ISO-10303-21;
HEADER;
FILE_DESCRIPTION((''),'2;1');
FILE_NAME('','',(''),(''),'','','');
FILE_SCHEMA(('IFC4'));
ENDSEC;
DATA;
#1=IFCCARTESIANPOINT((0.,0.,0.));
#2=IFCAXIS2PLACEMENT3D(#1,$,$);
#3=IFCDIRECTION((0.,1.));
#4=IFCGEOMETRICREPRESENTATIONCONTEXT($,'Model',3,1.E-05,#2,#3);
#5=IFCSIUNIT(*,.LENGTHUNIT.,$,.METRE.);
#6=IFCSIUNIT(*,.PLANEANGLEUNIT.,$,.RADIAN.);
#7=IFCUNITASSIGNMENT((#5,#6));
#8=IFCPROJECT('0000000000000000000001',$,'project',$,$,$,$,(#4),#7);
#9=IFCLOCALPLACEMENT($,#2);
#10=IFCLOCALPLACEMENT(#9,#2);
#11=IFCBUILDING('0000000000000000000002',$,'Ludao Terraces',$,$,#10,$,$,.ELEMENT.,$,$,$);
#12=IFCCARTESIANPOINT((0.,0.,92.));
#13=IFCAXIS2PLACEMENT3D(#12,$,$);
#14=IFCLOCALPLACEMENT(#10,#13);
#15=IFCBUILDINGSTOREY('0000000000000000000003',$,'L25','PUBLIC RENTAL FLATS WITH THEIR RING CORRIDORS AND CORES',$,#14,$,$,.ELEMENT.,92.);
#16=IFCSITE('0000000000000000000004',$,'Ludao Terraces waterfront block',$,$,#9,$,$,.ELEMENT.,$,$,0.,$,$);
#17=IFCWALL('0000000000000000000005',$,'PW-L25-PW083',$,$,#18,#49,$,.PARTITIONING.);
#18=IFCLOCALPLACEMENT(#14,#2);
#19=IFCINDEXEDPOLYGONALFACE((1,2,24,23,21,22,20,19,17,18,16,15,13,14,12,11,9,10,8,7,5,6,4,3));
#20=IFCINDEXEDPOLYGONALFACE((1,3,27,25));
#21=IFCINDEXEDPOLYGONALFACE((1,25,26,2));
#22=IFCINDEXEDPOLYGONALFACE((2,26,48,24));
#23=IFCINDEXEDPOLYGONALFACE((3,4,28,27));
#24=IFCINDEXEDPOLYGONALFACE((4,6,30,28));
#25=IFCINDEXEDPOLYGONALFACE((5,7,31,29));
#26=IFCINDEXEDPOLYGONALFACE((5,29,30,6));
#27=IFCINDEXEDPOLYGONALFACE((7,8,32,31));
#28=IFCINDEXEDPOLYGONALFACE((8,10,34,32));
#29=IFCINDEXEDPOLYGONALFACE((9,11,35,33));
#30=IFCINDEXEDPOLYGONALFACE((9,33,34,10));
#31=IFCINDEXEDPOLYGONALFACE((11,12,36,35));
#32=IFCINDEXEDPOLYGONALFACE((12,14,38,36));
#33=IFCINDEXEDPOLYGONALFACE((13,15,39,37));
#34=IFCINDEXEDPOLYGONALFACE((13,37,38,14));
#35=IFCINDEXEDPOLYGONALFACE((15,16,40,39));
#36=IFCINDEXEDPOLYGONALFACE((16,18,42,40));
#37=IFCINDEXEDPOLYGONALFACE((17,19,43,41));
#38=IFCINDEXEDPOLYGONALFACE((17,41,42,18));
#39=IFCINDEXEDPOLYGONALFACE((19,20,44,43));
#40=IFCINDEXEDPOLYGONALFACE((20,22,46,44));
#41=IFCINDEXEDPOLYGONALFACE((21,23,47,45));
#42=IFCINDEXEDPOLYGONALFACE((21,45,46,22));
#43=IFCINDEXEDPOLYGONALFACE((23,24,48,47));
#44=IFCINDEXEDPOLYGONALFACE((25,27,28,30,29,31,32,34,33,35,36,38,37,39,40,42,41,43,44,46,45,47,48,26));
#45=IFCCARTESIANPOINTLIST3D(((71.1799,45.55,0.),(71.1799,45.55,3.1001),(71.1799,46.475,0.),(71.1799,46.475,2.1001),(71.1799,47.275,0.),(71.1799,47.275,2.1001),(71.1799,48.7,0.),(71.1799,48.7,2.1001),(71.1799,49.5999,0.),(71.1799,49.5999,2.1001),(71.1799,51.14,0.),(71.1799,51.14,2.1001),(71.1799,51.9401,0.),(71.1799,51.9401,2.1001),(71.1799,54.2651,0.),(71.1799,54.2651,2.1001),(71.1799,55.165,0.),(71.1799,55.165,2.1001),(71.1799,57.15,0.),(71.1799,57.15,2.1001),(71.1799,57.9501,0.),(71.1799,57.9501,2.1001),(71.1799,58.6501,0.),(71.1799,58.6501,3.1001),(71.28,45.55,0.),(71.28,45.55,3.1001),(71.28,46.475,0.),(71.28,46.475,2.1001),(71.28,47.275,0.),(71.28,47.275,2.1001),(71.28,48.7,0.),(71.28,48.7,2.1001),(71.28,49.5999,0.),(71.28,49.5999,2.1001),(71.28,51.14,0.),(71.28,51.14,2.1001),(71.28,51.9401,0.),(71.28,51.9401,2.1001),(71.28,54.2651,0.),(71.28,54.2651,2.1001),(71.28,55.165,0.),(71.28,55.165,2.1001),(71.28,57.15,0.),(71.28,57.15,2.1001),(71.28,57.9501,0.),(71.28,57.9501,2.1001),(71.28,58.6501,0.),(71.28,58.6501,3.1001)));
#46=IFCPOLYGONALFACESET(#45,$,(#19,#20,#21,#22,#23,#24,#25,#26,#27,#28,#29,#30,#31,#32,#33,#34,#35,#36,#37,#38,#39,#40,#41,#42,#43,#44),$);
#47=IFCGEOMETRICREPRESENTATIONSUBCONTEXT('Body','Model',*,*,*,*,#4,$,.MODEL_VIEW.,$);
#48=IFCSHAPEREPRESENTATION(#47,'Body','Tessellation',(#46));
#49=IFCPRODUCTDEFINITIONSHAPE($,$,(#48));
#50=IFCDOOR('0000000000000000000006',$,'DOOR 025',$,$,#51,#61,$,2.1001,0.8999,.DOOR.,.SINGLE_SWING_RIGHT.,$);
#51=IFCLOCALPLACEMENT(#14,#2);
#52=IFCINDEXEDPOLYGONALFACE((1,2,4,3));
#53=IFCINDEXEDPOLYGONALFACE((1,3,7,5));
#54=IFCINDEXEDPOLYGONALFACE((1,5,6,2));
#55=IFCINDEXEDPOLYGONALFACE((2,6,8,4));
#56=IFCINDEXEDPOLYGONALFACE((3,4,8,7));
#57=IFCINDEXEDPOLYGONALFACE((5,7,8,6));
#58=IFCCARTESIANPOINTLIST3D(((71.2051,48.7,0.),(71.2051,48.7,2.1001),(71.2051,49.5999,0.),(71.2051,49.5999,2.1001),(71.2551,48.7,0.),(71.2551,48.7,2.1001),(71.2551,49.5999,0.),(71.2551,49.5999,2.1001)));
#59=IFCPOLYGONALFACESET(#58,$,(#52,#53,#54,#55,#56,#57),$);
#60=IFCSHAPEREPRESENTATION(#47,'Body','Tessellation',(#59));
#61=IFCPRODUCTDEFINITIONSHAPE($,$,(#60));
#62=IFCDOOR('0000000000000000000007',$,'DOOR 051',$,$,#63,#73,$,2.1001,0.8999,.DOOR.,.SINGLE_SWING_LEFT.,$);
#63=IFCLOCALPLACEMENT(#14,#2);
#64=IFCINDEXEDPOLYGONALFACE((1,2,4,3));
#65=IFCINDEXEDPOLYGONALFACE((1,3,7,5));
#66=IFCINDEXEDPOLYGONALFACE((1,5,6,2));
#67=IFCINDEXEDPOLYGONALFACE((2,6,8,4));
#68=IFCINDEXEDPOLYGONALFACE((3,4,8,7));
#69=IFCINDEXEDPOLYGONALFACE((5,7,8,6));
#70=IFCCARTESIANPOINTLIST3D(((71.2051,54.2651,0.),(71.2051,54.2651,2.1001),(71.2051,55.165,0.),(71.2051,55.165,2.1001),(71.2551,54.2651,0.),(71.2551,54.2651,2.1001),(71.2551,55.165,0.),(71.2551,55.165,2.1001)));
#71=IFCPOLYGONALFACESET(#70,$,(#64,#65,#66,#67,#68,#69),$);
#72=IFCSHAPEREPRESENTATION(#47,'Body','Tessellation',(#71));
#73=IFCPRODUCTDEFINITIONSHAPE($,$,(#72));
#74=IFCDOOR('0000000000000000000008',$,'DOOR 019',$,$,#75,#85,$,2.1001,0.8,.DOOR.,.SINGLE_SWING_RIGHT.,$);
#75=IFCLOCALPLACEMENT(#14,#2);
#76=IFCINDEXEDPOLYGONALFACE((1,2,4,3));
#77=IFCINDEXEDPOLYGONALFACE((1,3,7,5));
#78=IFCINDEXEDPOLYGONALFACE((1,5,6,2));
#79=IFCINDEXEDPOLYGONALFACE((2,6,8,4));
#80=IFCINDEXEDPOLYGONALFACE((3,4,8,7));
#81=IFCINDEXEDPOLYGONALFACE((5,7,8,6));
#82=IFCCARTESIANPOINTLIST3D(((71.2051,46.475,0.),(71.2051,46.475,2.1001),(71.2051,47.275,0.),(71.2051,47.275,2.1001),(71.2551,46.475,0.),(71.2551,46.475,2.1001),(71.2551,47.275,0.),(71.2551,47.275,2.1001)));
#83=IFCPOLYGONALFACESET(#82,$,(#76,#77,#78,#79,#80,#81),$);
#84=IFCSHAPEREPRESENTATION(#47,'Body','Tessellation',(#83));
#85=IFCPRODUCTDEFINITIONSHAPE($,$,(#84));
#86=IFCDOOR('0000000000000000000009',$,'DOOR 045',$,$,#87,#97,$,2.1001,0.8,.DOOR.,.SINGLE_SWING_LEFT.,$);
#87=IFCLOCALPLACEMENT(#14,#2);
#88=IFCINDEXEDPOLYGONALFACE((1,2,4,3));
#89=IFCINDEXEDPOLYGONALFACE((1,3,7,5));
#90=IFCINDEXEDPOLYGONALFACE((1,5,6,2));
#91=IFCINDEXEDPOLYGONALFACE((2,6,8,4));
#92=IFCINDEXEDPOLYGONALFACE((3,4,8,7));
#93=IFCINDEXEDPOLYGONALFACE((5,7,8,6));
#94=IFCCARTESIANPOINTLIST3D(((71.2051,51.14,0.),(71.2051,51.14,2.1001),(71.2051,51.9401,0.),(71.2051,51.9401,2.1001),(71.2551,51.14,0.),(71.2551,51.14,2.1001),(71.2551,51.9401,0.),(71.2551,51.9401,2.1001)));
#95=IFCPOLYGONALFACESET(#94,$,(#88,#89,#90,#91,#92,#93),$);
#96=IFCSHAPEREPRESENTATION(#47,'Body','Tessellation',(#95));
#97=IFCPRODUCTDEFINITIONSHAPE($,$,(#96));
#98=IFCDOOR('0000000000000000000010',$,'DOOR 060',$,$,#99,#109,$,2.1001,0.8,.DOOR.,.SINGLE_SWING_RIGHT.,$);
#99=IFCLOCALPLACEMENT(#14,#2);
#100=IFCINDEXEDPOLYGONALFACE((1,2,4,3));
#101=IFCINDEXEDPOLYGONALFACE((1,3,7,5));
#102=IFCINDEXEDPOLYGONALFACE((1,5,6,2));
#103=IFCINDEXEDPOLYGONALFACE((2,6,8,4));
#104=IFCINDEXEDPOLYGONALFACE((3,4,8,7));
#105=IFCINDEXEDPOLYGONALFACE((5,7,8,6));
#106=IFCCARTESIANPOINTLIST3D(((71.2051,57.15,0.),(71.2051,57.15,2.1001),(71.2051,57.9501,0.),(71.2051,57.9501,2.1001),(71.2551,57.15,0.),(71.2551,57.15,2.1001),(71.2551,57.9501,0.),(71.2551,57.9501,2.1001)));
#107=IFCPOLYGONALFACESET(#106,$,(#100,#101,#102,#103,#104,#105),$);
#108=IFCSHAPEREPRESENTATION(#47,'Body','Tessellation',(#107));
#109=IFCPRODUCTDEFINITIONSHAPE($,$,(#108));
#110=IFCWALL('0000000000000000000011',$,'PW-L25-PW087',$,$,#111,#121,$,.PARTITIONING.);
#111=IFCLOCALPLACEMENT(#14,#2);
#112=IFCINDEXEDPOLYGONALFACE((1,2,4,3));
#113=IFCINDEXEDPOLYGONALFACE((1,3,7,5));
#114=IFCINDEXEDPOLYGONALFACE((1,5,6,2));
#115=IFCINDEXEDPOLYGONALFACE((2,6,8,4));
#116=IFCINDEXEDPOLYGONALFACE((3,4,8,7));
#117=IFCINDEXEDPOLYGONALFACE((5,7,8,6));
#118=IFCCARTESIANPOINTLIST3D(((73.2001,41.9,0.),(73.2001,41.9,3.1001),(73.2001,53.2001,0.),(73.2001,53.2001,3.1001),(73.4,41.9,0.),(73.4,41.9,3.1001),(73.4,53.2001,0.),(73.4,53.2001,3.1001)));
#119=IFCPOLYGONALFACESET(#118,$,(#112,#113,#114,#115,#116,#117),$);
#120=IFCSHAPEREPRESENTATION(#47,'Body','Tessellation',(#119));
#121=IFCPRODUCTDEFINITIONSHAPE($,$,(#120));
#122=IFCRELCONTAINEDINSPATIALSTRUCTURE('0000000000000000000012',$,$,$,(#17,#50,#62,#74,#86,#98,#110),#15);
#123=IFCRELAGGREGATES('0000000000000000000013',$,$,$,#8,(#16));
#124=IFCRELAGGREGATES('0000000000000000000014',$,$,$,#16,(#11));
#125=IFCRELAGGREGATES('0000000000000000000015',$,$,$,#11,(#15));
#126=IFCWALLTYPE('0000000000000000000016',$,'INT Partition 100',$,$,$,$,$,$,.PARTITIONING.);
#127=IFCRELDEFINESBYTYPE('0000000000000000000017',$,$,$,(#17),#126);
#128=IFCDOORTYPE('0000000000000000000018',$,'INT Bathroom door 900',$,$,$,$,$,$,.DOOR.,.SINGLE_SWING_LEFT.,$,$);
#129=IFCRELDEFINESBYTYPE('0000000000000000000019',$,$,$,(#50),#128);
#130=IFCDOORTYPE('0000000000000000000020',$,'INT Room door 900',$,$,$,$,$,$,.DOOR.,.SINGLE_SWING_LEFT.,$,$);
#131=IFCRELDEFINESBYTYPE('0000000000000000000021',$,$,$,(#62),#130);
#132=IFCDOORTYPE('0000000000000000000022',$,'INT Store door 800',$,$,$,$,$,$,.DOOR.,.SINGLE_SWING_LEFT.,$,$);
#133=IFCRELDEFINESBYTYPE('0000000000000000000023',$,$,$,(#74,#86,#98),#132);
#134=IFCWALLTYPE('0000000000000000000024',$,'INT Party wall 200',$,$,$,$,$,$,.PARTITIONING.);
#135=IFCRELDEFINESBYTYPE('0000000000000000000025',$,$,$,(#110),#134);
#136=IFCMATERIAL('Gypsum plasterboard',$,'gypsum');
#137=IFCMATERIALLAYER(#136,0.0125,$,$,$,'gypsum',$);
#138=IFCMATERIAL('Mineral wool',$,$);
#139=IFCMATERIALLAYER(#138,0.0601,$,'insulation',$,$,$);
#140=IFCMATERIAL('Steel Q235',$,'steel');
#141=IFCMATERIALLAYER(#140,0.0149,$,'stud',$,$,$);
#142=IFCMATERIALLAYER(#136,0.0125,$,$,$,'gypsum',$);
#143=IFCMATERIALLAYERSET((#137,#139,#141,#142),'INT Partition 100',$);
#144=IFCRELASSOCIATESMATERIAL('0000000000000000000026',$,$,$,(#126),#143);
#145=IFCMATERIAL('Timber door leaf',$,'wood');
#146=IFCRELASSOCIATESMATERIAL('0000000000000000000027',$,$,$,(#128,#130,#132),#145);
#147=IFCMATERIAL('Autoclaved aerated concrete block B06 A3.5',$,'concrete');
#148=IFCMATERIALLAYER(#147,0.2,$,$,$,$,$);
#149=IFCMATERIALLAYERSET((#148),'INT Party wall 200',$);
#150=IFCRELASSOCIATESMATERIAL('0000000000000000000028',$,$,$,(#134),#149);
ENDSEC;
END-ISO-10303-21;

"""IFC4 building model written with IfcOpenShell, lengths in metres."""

from ifc_helpers import new_model, si_unit, direction, frame, frame_2d, origin, place, context, subcontext, project, spatial, rectangle, extrude, material, layer, layer_set, type_object, element, fill, save


model = new_model("IFC4")

# Units and contexts
model_context = context("Model", 3, precision=1e-05, world=origin(), true_north=direction((0.0, 1.0)))
body_context = subcontext(model_context, "Body", "Model", "MODEL_VIEW")
ifc_project = project(units=[si_unit("LENGTHUNIT", "METRE"), si_unit("PLANEANGLEUNIT", "RADIAN")], contexts=[model_context])

# Site, building, storey
site_placement = place(None, origin())
site = spatial("IfcSite", under=ifc_project, at=site_placement, Name="Ludao Terraces waterfront block", CompositionType="ELEMENT", RefElevation=0.0)
building_placement = place(site_placement, origin())
building = spatial("IfcBuilding", under=site, at=building_placement, Name="Ludao Terraces", CompositionType="ELEMENT")
storey_placement = place(building_placement, frame((0.0, 0.0, 92.0)))
storey = spatial("IfcBuildingStorey", under=building, at=storey_placement, Name="L25", Description="PUBLIC RENTAL FLATS WITH THEIR RING CORRIDORS AND CORES", CompositionType="ELEMENT", Elevation=92.0)

# Wall, openings, doors
ifc_material_1 = material(Name="Gypsum plasterboard", Category="gypsum")
ifc_layer_1 = layer(ifc_material_1, 0.0125, Category="gypsum")
ifc_material_2 = material(Name="Mineral wool")
ifc_layer_2 = layer(ifc_material_2, 0.0601, Name="insulation")
ifc_material_3 = material(Name="Steel Q235", Category="steel")
ifc_layer_3 = layer(ifc_material_3, 0.0149, Name="stud")
ifc_layer_4 = layer(ifc_material_1, 0.0125, Category="gypsum")
ifc_layer_set_1 = layer_set([ifc_layer_1, ifc_layer_2, ifc_layer_3, ifc_layer_4], Name="INT Partition 100")
wall_type_1 = type_object("IfcWallType", Name="INT Partition 100", PredefinedType="PARTITIONING", material=ifc_layer_set_1)
ifc_material_4 = material(Name="Timber door leaf", Category="wood")
door_type_1 = type_object("IfcDoorType", Name="INT Bathroom door 900", OperationType="SINGLE_SWING_LEFT", PredefinedType="DOOR", material=ifc_material_4)
door_type_2 = type_object("IfcDoorType", Name="INT Room door 900", OperationType="SINGLE_SWING_LEFT", PredefinedType="DOOR", material=ifc_material_4)
wall_1_placement = place(storey_placement, frame((71.23, 45.55, 0.0), z_axis=(0.0, 0.0, 1.0), x_axis=(0.0, 1.0, 0.0)))
wall_1 = element("IfcWall", 1, at=wall_1_placement, inside=storey, type_object=wall_type_1, Name="PW-L25-PW083", PredefinedType="PARTITIONING", context=body_context, shape_type="SweptSolid", body=[
    extrude(rectangle(XDim=13.1001, YDim=0.1001, at=frame_2d((6.55, 0.0))), origin(), (0.0, 0.0, 1.0), 3.1001),
])
opening_1_placement = place(wall_1_placement, frame((0.925, 0.0, 0.0)))
opening_1 = element("IfcOpeningElement", 2, at=opening_1_placement, cuts=wall_1, PredefinedType="OPENING", context=body_context, shape_type="SweptSolid", body=[
    extrude(rectangle(XDim=0.8, YDim=2.1001, at=frame_2d((0.3999, 1.05))), frame((0.0, 0.0601, 0.0), z_axis=(0.0, -1.0, 0.0), x_axis=(1.0, 0.0, 0.0)), (0.0, 0.0, 1.0), 0.1201),
])
opening_2_placement = place(wall_1_placement, frame((3.1499, 0.0, 0.0)))
opening_2 = element("IfcOpeningElement", 3, at=opening_2_placement, cuts=wall_1, PredefinedType="OPENING", context=body_context, shape_type="SweptSolid", body=[
    extrude(rectangle(XDim=0.8999, YDim=2.1001, at=frame_2d((0.45, 1.05))), frame((0.0, 0.0601, 0.0), z_axis=(0.0, -1.0, 0.0), x_axis=(1.0, 0.0, 0.0)), (0.0, 0.0, 1.0), 0.1201),
])
opening_3_placement = place(wall_1_placement, frame((5.5901, 0.0, 0.0)))
opening_3 = element("IfcOpeningElement", 4, at=opening_3_placement, cuts=wall_1, PredefinedType="OPENING", context=body_context, shape_type="SweptSolid", body=[
    extrude(rectangle(XDim=0.8, YDim=2.1001, at=frame_2d((0.3999, 1.05))), frame((0.0, 0.0601, 0.0), z_axis=(0.0, -1.0, 0.0), x_axis=(1.0, 0.0, 0.0)), (0.0, 0.0, 1.0), 0.1201),
])
opening_4_placement = place(wall_1_placement, frame((8.7151, 0.0, 0.0)))
opening_4 = element("IfcOpeningElement", 5, at=opening_4_placement, cuts=wall_1, PredefinedType="OPENING", context=body_context, shape_type="SweptSolid", body=[
    extrude(rectangle(XDim=0.8999, YDim=2.1001, at=frame_2d((0.45, 1.05))), frame((0.0, 0.0601, 0.0), z_axis=(0.0, -1.0, 0.0), x_axis=(1.0, 0.0, 0.0)), (0.0, 0.0, 1.0), 0.1201),
])
opening_5_placement = place(wall_1_placement, frame((11.6001, 0.0, 0.0)))
opening_5 = element("IfcOpeningElement", 6, at=opening_5_placement, cuts=wall_1, PredefinedType="OPENING", context=body_context, shape_type="SweptSolid", body=[
    extrude(rectangle(XDim=0.8, YDim=2.1001, at=frame_2d((0.3999, 1.05))), frame((0.0, 0.0601, 0.0), z_axis=(0.0, -1.0, 0.0), x_axis=(1.0, 0.0, 0.0)), (0.0, 0.0, 1.0), 0.1201),
])
door_1_placement = place(opening_2_placement, origin())
door_1 = element("IfcDoor", 7, at=door_1_placement, inside=storey, type_object=door_type_1, Name="DOOR 025", OperationType="SINGLE_SWING_RIGHT", OverallHeight=2.1001, OverallWidth=0.8999, PredefinedType="DOOR", context=body_context, shape_type="SweptSolid", body=[
    extrude(rectangle(XDim=0.8999, YDim=2.1001, at=frame_2d((0.45, 1.05))), frame((0.0, 0.0249, 0.0), z_axis=(0.0, -1.0, 0.0), x_axis=(1.0, 0.0, 0.0)), (0.0, 0.0, 1.0), 0.05),
])
fill(opening_2, door_1)
door_2_placement = place(opening_4_placement, origin())
door_2 = element("IfcDoor", 8, at=door_2_placement, inside=storey, type_object=door_type_2, Name="DOOR 051", OperationType="SINGLE_SWING_LEFT", OverallHeight=2.1001, OverallWidth=0.8999, PredefinedType="DOOR", context=body_context, shape_type="SweptSolid", body=[
    extrude(rectangle(XDim=0.8999, YDim=2.1001, at=frame_2d((0.45, 1.05))), frame((0.0, 0.0249, 0.0), z_axis=(0.0, -1.0, 0.0), x_axis=(1.0, 0.0, 0.0)), (0.0, 0.0, 1.0), 0.05),
])
fill(opening_4, door_2)
door_type_3 = type_object("IfcDoorType", Name="INT Store door 800", OperationType="SINGLE_SWING_LEFT", PredefinedType="DOOR", material=ifc_material_4)
door_3_placement = place(opening_1_placement, origin())
door_3 = element("IfcDoor", 9, at=door_3_placement, inside=storey, type_object=door_type_3, Name="DOOR 019", OperationType="SINGLE_SWING_RIGHT", OverallHeight=2.1001, OverallWidth=0.8, PredefinedType="DOOR", context=body_context, shape_type="SweptSolid", body=[
    extrude(rectangle(XDim=0.8, YDim=2.1001, at=frame_2d((0.3999, 1.05))), frame((0.0, 0.0249, 0.0), z_axis=(0.0, -1.0, 0.0), x_axis=(1.0, 0.0, 0.0)), (0.0, 0.0, 1.0), 0.05),
])
fill(opening_1, door_3)
door_4_placement = place(opening_3_placement, origin())
door_4 = element("IfcDoor", 10, at=door_4_placement, inside=storey, type_object=door_type_3, Name="DOOR 045", OperationType="SINGLE_SWING_LEFT", OverallHeight=2.1001, OverallWidth=0.8, PredefinedType="DOOR", context=body_context, shape_type="SweptSolid", body=[
    extrude(rectangle(XDim=0.8, YDim=2.1001, at=frame_2d((0.3999, 1.05))), frame((0.0, 0.0249, 0.0), z_axis=(0.0, -1.0, 0.0), x_axis=(1.0, 0.0, 0.0)), (0.0, 0.0, 1.0), 0.05),
])
fill(opening_3, door_4)
door_5_placement = place(opening_5_placement, origin())
door_5 = element("IfcDoor", 11, at=door_5_placement, inside=storey, type_object=door_type_3, Name="DOOR 060", OperationType="SINGLE_SWING_RIGHT", OverallHeight=2.1001, OverallWidth=0.8, PredefinedType="DOOR", context=body_context, shape_type="SweptSolid", body=[
    extrude(rectangle(XDim=0.8, YDim=2.1001, at=frame_2d((0.3999, 1.05))), frame((0.0, 0.0249, 0.0), z_axis=(0.0, -1.0, 0.0), x_axis=(1.0, 0.0, 0.0)), (0.0, 0.0, 1.0), 0.05),
])
fill(opening_5, door_5)

# Wall
ifc_material_5 = material(Name="Autoclaved aerated concrete block B06 A3.5", Category="concrete")
ifc_layer_5 = layer(ifc_material_5, 0.2)
ifc_layer_set_2 = layer_set([ifc_layer_5], Name="INT Party wall 200")
wall_type_2 = type_object("IfcWallType", Name="INT Party wall 200", PredefinedType="PARTITIONING", material=ifc_layer_set_2)
wall_2_placement = place(storey_placement, frame((73.3, 41.9001, 0.0), z_axis=(0.0, 0.0, 1.0), x_axis=(0.0, 1.0, 0.0)))
element("IfcWall", 12, at=wall_2_placement, inside=storey, type_object=wall_type_2, Name="PW-L25-PW087", PredefinedType="PARTITIONING", context=body_context, shape_type="SweptSolid", body=[
    extrude(rectangle(XDim=11.3, YDim=0.2, at=frame_2d((5.6499, 0.0))), origin(), (0.0, 0.0, 1.0), 3.1001),
])

save(model, "model.ifc")
